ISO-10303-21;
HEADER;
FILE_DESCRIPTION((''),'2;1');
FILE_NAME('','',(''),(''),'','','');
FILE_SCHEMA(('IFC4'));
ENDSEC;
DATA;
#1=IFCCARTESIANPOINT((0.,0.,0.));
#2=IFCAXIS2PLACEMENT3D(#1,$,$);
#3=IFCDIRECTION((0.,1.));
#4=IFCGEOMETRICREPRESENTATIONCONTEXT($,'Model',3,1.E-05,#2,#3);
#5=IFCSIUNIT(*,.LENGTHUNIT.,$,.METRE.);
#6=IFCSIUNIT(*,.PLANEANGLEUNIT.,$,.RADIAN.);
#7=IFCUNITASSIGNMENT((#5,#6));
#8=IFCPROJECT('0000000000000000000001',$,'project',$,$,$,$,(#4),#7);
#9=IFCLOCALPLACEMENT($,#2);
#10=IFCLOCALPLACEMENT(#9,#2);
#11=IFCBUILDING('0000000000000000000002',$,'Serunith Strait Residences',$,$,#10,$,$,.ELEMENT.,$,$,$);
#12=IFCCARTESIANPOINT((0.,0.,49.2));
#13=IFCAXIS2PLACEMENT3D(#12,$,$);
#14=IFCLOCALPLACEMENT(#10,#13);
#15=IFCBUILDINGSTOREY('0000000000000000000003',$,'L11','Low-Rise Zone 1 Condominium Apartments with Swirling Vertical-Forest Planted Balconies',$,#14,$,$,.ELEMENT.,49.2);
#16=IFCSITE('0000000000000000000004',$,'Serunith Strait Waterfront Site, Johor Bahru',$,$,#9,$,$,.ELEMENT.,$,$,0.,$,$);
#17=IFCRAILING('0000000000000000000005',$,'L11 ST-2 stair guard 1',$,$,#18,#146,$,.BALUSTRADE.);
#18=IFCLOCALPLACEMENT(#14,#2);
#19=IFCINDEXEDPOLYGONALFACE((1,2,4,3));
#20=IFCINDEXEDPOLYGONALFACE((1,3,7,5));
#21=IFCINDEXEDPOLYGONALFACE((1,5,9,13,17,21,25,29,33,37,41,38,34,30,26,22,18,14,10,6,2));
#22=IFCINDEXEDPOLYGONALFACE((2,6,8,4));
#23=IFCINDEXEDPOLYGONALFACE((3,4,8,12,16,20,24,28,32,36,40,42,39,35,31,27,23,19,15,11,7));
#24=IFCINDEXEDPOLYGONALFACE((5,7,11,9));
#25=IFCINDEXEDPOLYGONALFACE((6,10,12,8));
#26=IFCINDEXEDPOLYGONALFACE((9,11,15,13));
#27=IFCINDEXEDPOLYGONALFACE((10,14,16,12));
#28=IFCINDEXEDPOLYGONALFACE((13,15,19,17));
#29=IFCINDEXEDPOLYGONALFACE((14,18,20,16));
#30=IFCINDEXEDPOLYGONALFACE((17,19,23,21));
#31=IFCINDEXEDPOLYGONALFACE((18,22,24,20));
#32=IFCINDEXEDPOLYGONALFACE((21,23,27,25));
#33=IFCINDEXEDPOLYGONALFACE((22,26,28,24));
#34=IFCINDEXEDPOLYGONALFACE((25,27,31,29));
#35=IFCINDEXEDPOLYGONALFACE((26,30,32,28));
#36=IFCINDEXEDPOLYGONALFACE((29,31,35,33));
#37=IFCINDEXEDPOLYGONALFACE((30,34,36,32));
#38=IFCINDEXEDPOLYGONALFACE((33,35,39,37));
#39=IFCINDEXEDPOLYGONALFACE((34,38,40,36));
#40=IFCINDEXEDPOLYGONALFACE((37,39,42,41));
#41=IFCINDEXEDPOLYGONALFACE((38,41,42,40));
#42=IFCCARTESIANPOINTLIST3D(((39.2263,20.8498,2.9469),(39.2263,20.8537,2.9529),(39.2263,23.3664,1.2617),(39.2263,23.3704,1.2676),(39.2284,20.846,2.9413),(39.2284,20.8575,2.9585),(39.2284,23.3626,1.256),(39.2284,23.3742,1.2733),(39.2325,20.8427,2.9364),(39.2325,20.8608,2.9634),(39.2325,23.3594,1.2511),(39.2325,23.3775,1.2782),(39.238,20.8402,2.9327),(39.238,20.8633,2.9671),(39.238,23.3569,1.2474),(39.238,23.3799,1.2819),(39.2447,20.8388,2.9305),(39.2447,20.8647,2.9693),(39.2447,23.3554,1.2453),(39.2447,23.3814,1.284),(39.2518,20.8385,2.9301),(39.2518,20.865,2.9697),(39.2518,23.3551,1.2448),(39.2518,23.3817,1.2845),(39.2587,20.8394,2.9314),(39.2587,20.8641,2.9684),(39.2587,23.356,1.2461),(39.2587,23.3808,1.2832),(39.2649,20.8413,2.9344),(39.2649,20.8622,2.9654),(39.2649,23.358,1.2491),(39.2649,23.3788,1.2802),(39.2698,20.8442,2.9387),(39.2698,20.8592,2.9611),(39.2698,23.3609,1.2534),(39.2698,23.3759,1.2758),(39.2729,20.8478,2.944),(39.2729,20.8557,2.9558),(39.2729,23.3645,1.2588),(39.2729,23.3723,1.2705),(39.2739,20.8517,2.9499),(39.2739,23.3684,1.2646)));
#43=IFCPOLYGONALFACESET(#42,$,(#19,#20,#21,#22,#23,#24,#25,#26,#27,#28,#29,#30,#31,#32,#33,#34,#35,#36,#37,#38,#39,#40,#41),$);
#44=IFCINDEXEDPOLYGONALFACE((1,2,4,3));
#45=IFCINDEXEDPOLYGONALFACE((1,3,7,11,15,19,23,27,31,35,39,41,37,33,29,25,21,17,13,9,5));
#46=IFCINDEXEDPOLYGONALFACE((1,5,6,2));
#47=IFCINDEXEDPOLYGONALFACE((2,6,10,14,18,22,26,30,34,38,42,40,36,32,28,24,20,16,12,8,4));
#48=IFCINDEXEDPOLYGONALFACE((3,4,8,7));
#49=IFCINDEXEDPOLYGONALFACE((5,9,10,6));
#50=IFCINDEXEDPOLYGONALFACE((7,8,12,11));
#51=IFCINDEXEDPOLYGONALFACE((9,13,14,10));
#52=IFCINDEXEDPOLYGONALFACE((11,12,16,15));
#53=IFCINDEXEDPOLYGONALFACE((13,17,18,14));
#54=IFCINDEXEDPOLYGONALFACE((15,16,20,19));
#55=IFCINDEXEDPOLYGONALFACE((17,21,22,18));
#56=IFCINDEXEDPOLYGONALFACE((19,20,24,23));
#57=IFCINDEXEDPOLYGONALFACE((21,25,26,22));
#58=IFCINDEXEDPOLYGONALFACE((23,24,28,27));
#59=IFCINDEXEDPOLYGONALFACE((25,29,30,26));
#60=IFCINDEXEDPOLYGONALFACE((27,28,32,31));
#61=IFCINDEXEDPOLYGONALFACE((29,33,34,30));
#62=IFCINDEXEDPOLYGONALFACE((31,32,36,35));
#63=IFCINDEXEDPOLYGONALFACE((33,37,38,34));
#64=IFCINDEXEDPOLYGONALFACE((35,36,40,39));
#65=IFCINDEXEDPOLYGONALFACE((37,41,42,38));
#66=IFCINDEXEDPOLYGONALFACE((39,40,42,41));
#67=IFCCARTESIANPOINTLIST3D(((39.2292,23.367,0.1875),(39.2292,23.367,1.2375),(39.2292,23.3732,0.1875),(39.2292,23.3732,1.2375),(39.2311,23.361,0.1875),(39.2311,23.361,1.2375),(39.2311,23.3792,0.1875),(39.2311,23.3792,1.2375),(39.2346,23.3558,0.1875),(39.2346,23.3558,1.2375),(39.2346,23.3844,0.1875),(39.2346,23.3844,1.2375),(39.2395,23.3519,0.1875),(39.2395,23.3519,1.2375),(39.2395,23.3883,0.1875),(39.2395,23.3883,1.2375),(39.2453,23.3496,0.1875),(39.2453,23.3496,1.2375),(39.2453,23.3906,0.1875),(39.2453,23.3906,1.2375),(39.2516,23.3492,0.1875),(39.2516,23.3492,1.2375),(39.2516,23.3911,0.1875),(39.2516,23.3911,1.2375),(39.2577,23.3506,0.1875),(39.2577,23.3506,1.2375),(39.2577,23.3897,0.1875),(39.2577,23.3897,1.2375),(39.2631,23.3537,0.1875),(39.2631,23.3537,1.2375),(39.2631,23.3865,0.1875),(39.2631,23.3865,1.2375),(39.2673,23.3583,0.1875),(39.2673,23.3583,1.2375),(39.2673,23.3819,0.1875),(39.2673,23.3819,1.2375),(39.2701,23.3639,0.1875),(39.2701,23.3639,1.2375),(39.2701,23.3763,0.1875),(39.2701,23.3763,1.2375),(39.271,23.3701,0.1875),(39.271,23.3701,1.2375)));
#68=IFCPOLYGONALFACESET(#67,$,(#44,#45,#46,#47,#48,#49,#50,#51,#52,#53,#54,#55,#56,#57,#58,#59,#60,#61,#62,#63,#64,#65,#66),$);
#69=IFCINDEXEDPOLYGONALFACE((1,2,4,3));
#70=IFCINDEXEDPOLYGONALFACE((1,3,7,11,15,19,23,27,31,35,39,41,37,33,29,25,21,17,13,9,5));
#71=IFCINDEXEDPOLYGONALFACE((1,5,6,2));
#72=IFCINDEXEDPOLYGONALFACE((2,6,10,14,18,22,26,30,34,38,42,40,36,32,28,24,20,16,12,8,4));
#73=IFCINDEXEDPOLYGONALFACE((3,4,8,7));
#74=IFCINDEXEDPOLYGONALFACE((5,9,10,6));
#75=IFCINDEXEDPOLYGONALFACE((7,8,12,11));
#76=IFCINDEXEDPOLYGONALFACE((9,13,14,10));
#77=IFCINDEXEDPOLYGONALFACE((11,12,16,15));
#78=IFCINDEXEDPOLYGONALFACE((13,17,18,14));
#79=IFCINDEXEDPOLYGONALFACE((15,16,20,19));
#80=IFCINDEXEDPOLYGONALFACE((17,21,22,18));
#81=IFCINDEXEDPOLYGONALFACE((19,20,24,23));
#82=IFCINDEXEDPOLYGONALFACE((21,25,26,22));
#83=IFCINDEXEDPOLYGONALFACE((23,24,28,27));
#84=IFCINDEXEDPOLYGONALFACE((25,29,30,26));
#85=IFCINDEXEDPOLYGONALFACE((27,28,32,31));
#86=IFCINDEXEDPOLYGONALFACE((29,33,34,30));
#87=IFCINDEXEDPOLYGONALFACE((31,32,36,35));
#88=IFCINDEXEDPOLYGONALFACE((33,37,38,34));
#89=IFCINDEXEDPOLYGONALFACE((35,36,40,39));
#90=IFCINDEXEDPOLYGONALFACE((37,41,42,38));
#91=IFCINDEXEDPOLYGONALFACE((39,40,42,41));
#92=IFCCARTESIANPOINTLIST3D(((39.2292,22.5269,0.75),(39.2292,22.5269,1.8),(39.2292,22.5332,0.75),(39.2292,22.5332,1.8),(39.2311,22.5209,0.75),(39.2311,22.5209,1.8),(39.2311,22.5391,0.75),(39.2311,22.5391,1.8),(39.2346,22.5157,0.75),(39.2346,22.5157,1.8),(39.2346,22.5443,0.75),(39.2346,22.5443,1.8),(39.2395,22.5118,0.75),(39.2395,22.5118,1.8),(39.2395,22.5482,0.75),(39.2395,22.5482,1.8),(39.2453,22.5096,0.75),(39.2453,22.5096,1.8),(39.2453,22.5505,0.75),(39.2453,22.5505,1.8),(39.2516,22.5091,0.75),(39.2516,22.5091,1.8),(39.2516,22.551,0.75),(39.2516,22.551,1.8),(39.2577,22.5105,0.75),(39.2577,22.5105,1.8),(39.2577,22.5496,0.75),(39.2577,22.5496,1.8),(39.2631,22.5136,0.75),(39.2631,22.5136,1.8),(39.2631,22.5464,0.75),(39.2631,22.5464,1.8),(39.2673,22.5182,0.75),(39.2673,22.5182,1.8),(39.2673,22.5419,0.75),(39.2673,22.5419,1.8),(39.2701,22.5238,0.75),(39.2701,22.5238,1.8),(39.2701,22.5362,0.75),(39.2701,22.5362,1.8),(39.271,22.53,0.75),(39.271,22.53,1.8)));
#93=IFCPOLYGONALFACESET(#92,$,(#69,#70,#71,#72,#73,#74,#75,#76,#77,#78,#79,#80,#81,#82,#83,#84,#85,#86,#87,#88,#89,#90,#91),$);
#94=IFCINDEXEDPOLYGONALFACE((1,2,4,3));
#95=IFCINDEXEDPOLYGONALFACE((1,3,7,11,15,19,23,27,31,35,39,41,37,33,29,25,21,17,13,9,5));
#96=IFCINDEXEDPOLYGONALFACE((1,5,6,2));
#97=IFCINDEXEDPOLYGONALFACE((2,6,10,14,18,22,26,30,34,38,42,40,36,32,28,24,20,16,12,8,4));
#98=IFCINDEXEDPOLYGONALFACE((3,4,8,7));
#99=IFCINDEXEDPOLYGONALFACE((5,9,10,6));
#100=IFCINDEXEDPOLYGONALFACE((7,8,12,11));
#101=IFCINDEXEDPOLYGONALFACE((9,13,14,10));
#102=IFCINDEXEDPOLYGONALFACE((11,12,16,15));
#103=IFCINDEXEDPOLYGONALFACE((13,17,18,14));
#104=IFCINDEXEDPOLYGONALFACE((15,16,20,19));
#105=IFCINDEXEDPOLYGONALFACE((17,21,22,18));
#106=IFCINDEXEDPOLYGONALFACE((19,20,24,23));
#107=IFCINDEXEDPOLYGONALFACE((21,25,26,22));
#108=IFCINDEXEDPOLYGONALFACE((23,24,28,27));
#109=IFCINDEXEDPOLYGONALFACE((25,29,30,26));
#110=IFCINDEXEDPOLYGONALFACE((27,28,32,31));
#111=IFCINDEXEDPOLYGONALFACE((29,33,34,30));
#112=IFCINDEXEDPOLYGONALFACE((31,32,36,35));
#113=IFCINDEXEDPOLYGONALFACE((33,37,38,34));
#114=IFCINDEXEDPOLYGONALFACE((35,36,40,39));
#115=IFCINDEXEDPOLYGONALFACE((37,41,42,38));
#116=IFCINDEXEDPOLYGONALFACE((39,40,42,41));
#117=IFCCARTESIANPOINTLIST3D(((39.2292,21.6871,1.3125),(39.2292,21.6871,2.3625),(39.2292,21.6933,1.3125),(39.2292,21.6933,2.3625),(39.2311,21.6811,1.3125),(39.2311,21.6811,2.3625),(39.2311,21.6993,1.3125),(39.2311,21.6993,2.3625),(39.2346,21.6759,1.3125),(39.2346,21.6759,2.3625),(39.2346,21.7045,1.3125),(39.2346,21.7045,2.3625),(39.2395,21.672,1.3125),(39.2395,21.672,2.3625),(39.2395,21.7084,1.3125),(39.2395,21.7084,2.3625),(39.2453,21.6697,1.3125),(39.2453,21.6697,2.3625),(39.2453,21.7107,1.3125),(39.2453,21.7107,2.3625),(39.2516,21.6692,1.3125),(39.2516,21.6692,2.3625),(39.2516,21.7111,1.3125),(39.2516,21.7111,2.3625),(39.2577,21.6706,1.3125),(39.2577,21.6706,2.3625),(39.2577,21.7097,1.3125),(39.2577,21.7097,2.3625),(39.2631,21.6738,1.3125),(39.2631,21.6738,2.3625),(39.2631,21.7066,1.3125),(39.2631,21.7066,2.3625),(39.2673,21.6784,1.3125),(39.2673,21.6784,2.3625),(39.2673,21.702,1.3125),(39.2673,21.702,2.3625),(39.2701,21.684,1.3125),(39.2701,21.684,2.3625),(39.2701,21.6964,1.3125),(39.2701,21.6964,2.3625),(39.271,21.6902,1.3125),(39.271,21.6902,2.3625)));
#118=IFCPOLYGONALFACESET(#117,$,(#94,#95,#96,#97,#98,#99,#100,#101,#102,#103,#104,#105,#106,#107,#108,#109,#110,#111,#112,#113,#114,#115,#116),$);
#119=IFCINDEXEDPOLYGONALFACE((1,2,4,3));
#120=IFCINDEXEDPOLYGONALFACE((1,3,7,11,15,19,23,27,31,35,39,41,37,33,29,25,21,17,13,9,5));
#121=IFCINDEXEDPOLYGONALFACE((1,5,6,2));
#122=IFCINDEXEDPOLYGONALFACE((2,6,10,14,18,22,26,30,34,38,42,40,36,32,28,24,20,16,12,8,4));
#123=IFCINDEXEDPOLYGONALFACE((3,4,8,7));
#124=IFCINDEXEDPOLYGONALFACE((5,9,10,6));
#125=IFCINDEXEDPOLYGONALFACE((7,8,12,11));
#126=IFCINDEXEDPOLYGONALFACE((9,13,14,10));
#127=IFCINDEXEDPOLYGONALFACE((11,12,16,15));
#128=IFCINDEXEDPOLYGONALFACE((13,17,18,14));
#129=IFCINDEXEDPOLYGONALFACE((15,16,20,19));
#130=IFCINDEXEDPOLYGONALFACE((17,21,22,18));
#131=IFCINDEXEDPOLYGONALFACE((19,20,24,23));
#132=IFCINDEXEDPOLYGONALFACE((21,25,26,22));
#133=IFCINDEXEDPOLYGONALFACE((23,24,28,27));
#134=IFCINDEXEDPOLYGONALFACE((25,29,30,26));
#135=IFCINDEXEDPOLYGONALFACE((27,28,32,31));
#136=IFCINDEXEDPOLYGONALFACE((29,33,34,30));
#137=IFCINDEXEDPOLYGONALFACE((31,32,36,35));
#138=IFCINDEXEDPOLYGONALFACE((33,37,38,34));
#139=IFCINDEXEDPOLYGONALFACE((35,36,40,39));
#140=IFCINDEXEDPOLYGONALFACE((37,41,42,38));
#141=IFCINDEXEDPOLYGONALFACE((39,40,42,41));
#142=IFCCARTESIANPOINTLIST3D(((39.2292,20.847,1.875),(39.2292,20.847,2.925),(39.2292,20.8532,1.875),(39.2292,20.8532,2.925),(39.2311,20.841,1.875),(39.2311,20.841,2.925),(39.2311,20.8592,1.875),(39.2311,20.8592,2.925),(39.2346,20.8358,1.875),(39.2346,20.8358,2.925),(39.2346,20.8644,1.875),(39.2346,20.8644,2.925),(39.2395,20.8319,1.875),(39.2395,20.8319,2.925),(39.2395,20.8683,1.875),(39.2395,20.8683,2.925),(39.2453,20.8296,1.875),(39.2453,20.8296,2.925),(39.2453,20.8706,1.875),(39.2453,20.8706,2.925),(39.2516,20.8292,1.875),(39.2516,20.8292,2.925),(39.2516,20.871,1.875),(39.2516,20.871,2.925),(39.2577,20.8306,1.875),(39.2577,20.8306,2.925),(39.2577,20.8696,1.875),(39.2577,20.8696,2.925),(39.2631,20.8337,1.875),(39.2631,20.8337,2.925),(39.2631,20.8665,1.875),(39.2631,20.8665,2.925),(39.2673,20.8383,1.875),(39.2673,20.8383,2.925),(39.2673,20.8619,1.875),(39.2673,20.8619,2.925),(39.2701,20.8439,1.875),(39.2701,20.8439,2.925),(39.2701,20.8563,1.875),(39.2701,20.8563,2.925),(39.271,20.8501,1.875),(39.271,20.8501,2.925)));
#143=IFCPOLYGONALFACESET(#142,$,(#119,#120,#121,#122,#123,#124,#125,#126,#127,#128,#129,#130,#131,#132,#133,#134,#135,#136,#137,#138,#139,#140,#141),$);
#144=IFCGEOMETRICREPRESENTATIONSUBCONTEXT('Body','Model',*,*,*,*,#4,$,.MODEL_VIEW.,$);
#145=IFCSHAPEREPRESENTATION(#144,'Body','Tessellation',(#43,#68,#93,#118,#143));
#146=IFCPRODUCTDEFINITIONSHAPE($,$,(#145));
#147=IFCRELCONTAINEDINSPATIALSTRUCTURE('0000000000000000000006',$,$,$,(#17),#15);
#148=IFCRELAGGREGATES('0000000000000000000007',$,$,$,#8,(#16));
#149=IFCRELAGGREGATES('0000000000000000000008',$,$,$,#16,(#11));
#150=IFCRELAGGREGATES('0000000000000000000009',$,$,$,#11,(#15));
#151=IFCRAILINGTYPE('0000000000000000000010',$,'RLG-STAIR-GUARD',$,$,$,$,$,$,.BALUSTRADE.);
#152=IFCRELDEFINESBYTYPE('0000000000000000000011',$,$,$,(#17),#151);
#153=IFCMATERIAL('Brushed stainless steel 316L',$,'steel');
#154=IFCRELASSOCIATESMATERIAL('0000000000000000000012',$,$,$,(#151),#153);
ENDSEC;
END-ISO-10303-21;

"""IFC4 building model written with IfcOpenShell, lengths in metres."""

from ifc_helpers import new_model, si_unit, direction, frame, origin, origin_2d, place, context, subcontext, project, spatial, circle, extrude, material, type_object, element, save


model = new_model("IFC4")

# Units and contexts
model_context = context("Model", 3, precision=1e-05, world=origin(), true_north=direction((0.0, 1.0)))
body_context = subcontext(model_context, "Body", "Model", "MODEL_VIEW")
ifc_project = project(units=[si_unit("LENGTHUNIT", "METRE"), si_unit("PLANEANGLEUNIT", "RADIAN")], contexts=[model_context])

# Site, building, storey
site_placement = place(None, origin())
site = spatial("IfcSite", under=ifc_project, at=site_placement, Name="Serunith Strait Waterfront Site, Johor Bahru", CompositionType="ELEMENT", RefElevation=0.0)
building_placement = place(site_placement, origin())
building = spatial("IfcBuilding", under=site, at=building_placement, Name="Serunith Strait Residences", CompositionType="ELEMENT")
storey_placement = place(building_placement, frame((0.0, 0.0, 49.2)))
storey = spatial("IfcBuildingStorey", under=building, at=storey_placement, Name="L11", Description="Low-Rise Zone 1 Condominium Apartments with Swirling Vertical-Forest Planted Balconies", CompositionType="ELEMENT", Elevation=49.2)

# Railing
ifc_material_1 = material(Name="Brushed stainless steel 316L", Category="steel")
railing_type_1 = type_object("IfcRailingType", Name="RLG-STAIR-GUARD", PredefinedType="BALUSTRADE", material=ifc_material_1)
railing_1_placement = place(storey_placement, frame((39.25, 23.3701, 0.1875)))
element("IfcRailing", 1, at=railing_1_placement, inside=storey, type_object=railing_type_1, Name="L11 ST-2 stair guard 1", PredefinedType="BALUSTRADE", context=body_context, shape_type="SweptSolid", body=[
    extrude(circle(Radius=0.0239, at=origin_2d()), frame((0.0, -0.0017, 1.0771), z_axis=(0.0, -0.830909, 0.556408), x_axis=(1.0, 0.0, 0.0)), (0.0, 0.0, 1.0), 3.0288),
    extrude(circle(Radius=0.021, at=origin_2d()), origin(), (0.0, 0.0, 1.0), 1.05),
    extrude(circle(Radius=0.021, at=origin_2d()), frame((0.0, -0.8401, 0.5625)), (0.0, 0.0, 1.0), 1.05),
    extrude(circle(Radius=0.021, at=origin_2d()), frame((0.0, -1.6799, 1.125)), (0.0, 0.0, 1.0), 1.05),
    extrude(circle(Radius=0.021, at=origin_2d()), frame((0.0, -2.52, 1.6875)), (0.0, 0.0, 1.0), 1.05),
])

save(model, "model.ifc")
